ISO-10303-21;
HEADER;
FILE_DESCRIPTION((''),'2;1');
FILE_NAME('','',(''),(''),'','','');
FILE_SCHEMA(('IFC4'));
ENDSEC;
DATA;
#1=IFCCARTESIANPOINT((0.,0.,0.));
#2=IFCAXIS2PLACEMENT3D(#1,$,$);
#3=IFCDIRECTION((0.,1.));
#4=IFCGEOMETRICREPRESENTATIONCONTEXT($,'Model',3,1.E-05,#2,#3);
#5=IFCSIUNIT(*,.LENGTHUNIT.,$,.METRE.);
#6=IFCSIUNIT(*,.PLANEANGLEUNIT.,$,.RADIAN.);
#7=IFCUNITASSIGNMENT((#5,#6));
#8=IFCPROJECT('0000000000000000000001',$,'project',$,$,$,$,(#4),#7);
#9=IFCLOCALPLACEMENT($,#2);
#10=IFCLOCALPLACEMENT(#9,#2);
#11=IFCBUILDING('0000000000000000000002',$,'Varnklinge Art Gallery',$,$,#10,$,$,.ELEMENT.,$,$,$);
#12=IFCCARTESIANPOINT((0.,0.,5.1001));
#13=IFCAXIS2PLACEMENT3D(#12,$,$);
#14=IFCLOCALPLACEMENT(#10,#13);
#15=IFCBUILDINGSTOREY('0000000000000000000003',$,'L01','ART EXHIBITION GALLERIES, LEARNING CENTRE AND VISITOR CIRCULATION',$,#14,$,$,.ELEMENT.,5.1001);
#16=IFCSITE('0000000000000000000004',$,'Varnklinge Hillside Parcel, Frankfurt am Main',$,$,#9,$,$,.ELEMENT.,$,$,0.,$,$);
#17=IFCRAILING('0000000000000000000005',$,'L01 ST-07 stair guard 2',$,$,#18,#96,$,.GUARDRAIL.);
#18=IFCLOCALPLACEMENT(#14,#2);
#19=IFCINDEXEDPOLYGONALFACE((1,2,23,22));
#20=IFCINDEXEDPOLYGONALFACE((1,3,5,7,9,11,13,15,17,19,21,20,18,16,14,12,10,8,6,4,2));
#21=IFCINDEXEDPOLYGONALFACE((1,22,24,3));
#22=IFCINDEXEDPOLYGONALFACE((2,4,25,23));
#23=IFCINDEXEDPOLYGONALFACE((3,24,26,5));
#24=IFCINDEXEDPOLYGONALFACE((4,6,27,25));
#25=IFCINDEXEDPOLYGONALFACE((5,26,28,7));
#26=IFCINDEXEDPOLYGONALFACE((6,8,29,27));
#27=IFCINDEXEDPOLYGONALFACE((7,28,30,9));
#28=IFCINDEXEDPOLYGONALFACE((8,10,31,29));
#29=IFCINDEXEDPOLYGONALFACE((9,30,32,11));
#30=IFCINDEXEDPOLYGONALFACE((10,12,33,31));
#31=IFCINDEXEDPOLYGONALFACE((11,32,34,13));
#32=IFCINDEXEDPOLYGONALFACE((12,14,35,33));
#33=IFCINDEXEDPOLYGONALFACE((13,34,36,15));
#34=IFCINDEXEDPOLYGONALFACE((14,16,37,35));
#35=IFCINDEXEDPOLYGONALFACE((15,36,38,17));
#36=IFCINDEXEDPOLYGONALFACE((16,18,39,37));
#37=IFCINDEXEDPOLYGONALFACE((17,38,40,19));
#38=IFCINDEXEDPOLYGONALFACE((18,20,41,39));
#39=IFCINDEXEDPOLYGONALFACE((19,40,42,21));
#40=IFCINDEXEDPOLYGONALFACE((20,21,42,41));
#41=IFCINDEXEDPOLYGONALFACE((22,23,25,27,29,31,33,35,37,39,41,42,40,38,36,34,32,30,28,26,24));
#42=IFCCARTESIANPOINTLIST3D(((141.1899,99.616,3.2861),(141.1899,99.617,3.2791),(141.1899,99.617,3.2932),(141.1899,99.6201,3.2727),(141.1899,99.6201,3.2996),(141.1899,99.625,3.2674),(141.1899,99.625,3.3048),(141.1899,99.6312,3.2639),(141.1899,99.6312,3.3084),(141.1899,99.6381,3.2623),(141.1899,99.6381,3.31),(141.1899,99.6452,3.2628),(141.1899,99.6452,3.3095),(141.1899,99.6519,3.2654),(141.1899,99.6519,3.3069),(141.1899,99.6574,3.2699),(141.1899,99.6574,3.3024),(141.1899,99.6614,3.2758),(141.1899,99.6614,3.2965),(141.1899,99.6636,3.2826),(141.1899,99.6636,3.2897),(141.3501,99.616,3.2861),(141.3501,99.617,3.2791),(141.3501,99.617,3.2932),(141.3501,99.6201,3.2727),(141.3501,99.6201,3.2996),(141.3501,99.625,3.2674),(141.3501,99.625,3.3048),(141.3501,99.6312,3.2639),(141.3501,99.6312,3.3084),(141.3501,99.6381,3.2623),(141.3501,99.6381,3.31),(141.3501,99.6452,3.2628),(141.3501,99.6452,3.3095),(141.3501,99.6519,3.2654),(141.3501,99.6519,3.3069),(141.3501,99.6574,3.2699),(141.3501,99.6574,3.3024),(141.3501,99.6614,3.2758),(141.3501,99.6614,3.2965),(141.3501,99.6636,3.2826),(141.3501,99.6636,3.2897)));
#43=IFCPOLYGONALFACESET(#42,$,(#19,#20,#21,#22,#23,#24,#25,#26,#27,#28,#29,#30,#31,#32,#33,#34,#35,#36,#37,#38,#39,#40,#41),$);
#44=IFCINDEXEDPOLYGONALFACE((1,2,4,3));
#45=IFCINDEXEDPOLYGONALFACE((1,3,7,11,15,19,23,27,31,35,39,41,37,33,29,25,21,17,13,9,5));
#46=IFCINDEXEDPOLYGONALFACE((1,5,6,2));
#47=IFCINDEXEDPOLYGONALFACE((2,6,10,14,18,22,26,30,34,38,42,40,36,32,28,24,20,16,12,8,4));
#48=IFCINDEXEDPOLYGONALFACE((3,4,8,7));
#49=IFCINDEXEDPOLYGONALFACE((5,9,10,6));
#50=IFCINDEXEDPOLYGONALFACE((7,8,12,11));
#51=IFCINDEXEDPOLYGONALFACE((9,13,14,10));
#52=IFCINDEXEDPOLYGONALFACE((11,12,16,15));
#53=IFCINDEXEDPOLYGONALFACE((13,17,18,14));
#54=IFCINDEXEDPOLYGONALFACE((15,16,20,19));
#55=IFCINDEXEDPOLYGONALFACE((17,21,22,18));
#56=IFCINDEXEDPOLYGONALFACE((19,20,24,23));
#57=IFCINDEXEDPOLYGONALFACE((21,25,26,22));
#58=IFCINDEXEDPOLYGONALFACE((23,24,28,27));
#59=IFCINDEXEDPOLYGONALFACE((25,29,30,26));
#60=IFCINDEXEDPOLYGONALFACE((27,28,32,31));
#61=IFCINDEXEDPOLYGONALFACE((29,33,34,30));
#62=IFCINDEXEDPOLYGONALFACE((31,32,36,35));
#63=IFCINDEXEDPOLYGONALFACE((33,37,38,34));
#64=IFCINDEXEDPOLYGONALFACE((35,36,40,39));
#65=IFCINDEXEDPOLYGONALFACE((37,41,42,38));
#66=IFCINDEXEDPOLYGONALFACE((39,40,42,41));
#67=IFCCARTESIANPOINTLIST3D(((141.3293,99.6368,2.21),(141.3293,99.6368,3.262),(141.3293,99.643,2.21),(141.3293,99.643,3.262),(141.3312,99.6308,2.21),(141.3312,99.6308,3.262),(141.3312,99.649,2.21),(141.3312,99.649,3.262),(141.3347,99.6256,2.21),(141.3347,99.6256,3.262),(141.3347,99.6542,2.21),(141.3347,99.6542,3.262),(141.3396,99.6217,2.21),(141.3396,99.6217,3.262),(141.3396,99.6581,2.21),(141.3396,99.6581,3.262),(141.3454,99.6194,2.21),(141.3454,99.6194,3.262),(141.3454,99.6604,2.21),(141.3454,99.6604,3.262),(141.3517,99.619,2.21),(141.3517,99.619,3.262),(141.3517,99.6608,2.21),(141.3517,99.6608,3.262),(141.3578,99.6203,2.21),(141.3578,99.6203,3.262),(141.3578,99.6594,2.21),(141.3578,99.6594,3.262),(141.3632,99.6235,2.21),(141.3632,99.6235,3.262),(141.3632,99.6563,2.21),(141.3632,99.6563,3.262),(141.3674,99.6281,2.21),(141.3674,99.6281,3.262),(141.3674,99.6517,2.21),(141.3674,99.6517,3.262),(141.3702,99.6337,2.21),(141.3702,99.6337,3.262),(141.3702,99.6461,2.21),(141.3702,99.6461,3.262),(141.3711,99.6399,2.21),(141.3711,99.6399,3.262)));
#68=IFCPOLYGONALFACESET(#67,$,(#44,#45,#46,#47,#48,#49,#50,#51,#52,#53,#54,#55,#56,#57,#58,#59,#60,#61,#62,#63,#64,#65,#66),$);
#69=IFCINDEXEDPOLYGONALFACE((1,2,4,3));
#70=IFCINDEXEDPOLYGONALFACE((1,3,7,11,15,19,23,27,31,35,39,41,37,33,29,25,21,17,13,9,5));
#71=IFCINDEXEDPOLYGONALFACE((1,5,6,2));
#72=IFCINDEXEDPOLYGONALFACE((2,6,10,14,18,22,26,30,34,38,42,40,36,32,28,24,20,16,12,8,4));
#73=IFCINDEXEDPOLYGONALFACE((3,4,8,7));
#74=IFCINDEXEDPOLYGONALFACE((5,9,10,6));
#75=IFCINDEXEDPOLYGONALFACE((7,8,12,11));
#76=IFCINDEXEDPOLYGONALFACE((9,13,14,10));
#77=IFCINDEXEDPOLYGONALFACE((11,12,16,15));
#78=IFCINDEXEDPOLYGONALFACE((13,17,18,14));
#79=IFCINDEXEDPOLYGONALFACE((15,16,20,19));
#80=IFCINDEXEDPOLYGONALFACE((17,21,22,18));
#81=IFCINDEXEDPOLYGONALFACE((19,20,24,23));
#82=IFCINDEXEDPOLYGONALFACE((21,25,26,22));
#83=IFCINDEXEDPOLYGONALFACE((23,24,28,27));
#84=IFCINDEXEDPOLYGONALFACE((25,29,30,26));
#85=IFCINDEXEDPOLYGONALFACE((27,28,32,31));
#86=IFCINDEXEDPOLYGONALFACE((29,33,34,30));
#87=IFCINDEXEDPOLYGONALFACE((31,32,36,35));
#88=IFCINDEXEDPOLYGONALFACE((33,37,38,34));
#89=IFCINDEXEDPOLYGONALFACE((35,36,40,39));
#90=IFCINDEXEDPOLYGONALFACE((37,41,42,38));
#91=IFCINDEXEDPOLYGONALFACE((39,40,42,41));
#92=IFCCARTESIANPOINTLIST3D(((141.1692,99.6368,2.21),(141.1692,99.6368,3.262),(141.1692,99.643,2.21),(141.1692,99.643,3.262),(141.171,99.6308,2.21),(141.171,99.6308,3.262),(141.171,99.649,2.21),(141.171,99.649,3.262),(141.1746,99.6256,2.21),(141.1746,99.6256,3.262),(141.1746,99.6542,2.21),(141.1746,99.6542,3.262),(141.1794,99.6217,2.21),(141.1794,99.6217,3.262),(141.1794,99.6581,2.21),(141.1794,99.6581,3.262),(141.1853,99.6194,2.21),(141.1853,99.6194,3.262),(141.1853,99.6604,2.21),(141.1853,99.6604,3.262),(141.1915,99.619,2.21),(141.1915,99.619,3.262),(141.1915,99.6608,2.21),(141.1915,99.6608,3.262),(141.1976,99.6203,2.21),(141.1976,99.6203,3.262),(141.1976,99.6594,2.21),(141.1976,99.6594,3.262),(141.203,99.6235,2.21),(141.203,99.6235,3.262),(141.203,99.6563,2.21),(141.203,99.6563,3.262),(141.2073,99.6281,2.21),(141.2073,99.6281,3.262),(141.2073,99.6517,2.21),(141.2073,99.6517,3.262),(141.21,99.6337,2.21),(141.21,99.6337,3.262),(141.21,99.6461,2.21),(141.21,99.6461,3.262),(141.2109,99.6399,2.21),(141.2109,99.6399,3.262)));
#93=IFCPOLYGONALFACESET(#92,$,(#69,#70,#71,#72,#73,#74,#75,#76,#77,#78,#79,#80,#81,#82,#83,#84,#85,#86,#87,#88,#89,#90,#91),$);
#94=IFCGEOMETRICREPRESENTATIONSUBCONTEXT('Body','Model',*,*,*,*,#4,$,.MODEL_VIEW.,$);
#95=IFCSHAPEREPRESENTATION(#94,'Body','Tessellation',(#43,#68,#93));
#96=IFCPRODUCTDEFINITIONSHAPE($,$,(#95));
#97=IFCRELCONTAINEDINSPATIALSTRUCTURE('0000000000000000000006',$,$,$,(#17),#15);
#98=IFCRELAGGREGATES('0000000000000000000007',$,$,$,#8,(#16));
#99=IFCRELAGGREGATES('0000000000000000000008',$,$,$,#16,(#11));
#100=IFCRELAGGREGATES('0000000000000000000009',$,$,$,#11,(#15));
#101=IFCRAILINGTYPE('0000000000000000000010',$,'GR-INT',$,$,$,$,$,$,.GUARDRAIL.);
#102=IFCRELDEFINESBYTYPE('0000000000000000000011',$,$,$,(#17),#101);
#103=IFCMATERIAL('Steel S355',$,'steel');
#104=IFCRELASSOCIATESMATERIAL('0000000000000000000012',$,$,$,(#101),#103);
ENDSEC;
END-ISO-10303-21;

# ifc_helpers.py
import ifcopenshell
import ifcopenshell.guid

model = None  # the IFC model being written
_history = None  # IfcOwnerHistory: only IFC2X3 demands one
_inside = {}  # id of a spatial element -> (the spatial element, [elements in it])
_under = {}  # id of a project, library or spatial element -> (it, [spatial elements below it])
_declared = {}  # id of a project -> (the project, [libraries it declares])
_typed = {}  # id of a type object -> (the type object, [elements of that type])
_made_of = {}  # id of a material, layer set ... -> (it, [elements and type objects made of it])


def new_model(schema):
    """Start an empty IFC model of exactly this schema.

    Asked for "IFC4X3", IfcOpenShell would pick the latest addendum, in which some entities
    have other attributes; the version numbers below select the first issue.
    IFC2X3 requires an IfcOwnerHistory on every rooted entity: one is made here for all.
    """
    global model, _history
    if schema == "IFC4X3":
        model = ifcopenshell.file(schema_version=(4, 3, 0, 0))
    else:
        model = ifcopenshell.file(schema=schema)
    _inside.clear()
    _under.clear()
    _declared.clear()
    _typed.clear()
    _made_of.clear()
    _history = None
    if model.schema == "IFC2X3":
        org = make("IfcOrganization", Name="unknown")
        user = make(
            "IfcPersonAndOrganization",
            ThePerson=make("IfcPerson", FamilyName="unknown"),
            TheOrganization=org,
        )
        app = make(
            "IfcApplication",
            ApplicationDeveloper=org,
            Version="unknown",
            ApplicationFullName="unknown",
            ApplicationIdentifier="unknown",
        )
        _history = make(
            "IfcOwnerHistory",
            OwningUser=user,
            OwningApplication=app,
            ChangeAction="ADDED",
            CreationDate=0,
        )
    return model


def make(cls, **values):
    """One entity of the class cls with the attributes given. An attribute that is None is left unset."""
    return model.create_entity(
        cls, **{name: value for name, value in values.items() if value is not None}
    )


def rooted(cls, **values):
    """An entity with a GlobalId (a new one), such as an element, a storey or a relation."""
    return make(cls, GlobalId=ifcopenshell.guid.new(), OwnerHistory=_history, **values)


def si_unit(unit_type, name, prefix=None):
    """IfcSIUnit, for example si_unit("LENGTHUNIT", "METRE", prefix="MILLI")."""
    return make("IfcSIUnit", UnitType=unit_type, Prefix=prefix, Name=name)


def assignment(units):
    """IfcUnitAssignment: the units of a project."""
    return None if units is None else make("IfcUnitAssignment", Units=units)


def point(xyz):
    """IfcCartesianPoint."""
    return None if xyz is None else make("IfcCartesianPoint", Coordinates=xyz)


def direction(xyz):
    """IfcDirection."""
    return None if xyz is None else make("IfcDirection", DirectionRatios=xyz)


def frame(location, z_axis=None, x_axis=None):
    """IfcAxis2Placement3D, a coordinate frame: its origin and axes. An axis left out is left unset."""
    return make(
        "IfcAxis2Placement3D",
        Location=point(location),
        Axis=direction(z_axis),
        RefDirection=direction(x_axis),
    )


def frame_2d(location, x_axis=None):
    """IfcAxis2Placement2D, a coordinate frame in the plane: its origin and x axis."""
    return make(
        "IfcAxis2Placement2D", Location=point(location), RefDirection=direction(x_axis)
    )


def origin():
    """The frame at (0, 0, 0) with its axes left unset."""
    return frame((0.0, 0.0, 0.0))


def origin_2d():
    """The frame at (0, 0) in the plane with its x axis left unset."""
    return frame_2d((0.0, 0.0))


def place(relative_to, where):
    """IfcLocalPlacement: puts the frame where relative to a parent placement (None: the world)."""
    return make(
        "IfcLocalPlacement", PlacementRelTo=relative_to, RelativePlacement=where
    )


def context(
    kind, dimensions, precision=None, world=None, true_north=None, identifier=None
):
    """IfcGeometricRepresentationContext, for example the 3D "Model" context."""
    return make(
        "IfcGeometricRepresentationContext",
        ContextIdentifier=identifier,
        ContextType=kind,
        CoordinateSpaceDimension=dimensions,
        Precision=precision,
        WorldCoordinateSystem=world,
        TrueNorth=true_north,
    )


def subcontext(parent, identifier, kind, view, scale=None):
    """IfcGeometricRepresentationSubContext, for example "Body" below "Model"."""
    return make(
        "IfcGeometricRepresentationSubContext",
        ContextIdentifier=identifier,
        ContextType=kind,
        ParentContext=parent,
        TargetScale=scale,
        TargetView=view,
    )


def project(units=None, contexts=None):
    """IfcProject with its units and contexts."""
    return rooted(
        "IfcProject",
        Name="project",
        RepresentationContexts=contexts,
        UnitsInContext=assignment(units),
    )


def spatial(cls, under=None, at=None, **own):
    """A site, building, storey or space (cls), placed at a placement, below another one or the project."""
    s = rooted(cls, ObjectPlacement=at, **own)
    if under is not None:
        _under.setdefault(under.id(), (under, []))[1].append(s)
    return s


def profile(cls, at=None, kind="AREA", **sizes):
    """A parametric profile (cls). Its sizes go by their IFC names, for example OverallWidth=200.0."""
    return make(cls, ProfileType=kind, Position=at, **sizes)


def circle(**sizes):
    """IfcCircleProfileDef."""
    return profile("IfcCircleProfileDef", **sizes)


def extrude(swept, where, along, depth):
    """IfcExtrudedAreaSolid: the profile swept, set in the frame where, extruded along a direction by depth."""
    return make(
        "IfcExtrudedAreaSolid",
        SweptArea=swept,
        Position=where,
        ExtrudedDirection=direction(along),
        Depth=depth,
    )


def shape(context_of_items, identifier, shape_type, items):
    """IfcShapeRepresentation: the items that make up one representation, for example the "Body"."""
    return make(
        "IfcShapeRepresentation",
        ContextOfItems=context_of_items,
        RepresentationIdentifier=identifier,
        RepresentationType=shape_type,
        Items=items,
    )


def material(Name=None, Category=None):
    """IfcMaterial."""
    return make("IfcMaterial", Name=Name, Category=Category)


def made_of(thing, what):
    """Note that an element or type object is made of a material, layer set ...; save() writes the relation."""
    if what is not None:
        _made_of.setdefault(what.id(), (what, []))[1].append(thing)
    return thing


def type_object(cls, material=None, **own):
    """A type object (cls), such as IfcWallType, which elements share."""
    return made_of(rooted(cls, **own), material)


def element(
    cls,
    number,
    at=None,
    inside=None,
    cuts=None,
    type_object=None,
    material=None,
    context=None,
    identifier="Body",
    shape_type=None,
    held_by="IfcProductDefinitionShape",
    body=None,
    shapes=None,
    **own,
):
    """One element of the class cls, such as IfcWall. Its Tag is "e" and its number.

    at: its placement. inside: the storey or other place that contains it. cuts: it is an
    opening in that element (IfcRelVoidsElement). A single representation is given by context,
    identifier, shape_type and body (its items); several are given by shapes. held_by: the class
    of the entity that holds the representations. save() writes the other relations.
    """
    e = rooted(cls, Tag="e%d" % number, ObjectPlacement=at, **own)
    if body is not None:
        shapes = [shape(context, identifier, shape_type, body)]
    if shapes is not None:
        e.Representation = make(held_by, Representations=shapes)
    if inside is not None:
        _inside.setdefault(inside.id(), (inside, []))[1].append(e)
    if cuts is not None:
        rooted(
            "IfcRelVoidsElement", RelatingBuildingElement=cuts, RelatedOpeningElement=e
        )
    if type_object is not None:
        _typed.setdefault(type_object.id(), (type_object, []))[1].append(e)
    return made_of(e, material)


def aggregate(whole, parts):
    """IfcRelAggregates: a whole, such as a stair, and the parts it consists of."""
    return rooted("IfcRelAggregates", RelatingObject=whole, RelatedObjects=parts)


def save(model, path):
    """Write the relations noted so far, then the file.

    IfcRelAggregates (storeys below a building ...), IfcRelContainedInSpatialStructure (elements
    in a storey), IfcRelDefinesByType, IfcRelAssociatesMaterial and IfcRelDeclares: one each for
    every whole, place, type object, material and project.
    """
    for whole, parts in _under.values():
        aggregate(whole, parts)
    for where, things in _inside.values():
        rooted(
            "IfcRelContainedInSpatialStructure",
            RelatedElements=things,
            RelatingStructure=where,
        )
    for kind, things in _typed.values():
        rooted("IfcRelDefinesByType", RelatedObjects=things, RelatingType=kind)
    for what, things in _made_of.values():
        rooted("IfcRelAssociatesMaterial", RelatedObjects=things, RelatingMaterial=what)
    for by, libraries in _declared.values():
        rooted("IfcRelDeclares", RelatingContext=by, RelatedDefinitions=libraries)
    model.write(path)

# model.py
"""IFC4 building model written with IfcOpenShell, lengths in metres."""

from ifc_helpers import new_model, si_unit, direction, frame, origin, origin_2d, place, context, subcontext, project, spatial, circle, extrude, material, type_object, element, save


model = new_model("IFC4")

# Units and contexts
model_context = context("Model", 3, precision=1e-05, world=origin(), true_north=direction((0.0, 1.0)))
body_context = subcontext(model_context, "Body", "Model", "MODEL_VIEW")
ifc_project = project(units=[si_unit("LENGTHUNIT", "METRE"), si_unit("PLANEANGLEUNIT", "RADIAN")], contexts=[model_context])

# Site, building, storey
site_placement = place(None, origin())
site = spatial("IfcSite", under=ifc_project, at=site_placement, Name="Varnklinge Hillside Parcel, Frankfurt am Main", CompositionType="ELEMENT", RefElevation=0.0)
building_placement = place(site_placement, origin())
building = spatial("IfcBuilding", under=site, at=building_placement, Name="Varnklinge Art Gallery", CompositionType="ELEMENT")
storey_placement = place(building_placement, frame((0.0, 0.0, 5.1001)))
storey = spatial("IfcBuildingStorey", under=building, at=storey_placement, Name="L01", Description="ART EXHIBITION GALLERIES, LEARNING CENTRE AND VISITOR CIRCULATION", CompositionType="ELEMENT", Elevation=5.1001)

# Railing
ifc_material_1 = material(Name="Steel S355", Category="steel")
railing_type_1 = type_object("IfcRailingType", Name="GR-INT", PredefinedType="GUARDRAIL", material=ifc_material_1)
railing_1_placement = place(storey_placement, frame((141.3501, 99.6399, 2.21)))
element("IfcRailing", 1, at=railing_1_placement, inside=storey, type_object=railing_type_1, Name="L01 ST-07 stair guard 2", PredefinedType="GUARDRAIL", context=body_context, shape_type="SweptSolid", body=[
    extrude(circle(Radius=0.0239, at=origin_2d()), frame((0.0, 0.0, 1.0762), z_axis=(-1.0, 0.0, 0.0), x_axis=(0.0, -1.0, 0.0)), (0.0, 0.0, 1.0), 0.1602),
    extrude(circle(Radius=0.021, at=origin_2d()), origin(), (0.0, 0.0, 1.0), 1.052),
    extrude(circle(Radius=0.021, at=origin_2d()), frame((-0.1602, 0.0, 0.0)), (0.0, 0.0, 1.0), 1.052),
])

save(model, "model.ifc")
